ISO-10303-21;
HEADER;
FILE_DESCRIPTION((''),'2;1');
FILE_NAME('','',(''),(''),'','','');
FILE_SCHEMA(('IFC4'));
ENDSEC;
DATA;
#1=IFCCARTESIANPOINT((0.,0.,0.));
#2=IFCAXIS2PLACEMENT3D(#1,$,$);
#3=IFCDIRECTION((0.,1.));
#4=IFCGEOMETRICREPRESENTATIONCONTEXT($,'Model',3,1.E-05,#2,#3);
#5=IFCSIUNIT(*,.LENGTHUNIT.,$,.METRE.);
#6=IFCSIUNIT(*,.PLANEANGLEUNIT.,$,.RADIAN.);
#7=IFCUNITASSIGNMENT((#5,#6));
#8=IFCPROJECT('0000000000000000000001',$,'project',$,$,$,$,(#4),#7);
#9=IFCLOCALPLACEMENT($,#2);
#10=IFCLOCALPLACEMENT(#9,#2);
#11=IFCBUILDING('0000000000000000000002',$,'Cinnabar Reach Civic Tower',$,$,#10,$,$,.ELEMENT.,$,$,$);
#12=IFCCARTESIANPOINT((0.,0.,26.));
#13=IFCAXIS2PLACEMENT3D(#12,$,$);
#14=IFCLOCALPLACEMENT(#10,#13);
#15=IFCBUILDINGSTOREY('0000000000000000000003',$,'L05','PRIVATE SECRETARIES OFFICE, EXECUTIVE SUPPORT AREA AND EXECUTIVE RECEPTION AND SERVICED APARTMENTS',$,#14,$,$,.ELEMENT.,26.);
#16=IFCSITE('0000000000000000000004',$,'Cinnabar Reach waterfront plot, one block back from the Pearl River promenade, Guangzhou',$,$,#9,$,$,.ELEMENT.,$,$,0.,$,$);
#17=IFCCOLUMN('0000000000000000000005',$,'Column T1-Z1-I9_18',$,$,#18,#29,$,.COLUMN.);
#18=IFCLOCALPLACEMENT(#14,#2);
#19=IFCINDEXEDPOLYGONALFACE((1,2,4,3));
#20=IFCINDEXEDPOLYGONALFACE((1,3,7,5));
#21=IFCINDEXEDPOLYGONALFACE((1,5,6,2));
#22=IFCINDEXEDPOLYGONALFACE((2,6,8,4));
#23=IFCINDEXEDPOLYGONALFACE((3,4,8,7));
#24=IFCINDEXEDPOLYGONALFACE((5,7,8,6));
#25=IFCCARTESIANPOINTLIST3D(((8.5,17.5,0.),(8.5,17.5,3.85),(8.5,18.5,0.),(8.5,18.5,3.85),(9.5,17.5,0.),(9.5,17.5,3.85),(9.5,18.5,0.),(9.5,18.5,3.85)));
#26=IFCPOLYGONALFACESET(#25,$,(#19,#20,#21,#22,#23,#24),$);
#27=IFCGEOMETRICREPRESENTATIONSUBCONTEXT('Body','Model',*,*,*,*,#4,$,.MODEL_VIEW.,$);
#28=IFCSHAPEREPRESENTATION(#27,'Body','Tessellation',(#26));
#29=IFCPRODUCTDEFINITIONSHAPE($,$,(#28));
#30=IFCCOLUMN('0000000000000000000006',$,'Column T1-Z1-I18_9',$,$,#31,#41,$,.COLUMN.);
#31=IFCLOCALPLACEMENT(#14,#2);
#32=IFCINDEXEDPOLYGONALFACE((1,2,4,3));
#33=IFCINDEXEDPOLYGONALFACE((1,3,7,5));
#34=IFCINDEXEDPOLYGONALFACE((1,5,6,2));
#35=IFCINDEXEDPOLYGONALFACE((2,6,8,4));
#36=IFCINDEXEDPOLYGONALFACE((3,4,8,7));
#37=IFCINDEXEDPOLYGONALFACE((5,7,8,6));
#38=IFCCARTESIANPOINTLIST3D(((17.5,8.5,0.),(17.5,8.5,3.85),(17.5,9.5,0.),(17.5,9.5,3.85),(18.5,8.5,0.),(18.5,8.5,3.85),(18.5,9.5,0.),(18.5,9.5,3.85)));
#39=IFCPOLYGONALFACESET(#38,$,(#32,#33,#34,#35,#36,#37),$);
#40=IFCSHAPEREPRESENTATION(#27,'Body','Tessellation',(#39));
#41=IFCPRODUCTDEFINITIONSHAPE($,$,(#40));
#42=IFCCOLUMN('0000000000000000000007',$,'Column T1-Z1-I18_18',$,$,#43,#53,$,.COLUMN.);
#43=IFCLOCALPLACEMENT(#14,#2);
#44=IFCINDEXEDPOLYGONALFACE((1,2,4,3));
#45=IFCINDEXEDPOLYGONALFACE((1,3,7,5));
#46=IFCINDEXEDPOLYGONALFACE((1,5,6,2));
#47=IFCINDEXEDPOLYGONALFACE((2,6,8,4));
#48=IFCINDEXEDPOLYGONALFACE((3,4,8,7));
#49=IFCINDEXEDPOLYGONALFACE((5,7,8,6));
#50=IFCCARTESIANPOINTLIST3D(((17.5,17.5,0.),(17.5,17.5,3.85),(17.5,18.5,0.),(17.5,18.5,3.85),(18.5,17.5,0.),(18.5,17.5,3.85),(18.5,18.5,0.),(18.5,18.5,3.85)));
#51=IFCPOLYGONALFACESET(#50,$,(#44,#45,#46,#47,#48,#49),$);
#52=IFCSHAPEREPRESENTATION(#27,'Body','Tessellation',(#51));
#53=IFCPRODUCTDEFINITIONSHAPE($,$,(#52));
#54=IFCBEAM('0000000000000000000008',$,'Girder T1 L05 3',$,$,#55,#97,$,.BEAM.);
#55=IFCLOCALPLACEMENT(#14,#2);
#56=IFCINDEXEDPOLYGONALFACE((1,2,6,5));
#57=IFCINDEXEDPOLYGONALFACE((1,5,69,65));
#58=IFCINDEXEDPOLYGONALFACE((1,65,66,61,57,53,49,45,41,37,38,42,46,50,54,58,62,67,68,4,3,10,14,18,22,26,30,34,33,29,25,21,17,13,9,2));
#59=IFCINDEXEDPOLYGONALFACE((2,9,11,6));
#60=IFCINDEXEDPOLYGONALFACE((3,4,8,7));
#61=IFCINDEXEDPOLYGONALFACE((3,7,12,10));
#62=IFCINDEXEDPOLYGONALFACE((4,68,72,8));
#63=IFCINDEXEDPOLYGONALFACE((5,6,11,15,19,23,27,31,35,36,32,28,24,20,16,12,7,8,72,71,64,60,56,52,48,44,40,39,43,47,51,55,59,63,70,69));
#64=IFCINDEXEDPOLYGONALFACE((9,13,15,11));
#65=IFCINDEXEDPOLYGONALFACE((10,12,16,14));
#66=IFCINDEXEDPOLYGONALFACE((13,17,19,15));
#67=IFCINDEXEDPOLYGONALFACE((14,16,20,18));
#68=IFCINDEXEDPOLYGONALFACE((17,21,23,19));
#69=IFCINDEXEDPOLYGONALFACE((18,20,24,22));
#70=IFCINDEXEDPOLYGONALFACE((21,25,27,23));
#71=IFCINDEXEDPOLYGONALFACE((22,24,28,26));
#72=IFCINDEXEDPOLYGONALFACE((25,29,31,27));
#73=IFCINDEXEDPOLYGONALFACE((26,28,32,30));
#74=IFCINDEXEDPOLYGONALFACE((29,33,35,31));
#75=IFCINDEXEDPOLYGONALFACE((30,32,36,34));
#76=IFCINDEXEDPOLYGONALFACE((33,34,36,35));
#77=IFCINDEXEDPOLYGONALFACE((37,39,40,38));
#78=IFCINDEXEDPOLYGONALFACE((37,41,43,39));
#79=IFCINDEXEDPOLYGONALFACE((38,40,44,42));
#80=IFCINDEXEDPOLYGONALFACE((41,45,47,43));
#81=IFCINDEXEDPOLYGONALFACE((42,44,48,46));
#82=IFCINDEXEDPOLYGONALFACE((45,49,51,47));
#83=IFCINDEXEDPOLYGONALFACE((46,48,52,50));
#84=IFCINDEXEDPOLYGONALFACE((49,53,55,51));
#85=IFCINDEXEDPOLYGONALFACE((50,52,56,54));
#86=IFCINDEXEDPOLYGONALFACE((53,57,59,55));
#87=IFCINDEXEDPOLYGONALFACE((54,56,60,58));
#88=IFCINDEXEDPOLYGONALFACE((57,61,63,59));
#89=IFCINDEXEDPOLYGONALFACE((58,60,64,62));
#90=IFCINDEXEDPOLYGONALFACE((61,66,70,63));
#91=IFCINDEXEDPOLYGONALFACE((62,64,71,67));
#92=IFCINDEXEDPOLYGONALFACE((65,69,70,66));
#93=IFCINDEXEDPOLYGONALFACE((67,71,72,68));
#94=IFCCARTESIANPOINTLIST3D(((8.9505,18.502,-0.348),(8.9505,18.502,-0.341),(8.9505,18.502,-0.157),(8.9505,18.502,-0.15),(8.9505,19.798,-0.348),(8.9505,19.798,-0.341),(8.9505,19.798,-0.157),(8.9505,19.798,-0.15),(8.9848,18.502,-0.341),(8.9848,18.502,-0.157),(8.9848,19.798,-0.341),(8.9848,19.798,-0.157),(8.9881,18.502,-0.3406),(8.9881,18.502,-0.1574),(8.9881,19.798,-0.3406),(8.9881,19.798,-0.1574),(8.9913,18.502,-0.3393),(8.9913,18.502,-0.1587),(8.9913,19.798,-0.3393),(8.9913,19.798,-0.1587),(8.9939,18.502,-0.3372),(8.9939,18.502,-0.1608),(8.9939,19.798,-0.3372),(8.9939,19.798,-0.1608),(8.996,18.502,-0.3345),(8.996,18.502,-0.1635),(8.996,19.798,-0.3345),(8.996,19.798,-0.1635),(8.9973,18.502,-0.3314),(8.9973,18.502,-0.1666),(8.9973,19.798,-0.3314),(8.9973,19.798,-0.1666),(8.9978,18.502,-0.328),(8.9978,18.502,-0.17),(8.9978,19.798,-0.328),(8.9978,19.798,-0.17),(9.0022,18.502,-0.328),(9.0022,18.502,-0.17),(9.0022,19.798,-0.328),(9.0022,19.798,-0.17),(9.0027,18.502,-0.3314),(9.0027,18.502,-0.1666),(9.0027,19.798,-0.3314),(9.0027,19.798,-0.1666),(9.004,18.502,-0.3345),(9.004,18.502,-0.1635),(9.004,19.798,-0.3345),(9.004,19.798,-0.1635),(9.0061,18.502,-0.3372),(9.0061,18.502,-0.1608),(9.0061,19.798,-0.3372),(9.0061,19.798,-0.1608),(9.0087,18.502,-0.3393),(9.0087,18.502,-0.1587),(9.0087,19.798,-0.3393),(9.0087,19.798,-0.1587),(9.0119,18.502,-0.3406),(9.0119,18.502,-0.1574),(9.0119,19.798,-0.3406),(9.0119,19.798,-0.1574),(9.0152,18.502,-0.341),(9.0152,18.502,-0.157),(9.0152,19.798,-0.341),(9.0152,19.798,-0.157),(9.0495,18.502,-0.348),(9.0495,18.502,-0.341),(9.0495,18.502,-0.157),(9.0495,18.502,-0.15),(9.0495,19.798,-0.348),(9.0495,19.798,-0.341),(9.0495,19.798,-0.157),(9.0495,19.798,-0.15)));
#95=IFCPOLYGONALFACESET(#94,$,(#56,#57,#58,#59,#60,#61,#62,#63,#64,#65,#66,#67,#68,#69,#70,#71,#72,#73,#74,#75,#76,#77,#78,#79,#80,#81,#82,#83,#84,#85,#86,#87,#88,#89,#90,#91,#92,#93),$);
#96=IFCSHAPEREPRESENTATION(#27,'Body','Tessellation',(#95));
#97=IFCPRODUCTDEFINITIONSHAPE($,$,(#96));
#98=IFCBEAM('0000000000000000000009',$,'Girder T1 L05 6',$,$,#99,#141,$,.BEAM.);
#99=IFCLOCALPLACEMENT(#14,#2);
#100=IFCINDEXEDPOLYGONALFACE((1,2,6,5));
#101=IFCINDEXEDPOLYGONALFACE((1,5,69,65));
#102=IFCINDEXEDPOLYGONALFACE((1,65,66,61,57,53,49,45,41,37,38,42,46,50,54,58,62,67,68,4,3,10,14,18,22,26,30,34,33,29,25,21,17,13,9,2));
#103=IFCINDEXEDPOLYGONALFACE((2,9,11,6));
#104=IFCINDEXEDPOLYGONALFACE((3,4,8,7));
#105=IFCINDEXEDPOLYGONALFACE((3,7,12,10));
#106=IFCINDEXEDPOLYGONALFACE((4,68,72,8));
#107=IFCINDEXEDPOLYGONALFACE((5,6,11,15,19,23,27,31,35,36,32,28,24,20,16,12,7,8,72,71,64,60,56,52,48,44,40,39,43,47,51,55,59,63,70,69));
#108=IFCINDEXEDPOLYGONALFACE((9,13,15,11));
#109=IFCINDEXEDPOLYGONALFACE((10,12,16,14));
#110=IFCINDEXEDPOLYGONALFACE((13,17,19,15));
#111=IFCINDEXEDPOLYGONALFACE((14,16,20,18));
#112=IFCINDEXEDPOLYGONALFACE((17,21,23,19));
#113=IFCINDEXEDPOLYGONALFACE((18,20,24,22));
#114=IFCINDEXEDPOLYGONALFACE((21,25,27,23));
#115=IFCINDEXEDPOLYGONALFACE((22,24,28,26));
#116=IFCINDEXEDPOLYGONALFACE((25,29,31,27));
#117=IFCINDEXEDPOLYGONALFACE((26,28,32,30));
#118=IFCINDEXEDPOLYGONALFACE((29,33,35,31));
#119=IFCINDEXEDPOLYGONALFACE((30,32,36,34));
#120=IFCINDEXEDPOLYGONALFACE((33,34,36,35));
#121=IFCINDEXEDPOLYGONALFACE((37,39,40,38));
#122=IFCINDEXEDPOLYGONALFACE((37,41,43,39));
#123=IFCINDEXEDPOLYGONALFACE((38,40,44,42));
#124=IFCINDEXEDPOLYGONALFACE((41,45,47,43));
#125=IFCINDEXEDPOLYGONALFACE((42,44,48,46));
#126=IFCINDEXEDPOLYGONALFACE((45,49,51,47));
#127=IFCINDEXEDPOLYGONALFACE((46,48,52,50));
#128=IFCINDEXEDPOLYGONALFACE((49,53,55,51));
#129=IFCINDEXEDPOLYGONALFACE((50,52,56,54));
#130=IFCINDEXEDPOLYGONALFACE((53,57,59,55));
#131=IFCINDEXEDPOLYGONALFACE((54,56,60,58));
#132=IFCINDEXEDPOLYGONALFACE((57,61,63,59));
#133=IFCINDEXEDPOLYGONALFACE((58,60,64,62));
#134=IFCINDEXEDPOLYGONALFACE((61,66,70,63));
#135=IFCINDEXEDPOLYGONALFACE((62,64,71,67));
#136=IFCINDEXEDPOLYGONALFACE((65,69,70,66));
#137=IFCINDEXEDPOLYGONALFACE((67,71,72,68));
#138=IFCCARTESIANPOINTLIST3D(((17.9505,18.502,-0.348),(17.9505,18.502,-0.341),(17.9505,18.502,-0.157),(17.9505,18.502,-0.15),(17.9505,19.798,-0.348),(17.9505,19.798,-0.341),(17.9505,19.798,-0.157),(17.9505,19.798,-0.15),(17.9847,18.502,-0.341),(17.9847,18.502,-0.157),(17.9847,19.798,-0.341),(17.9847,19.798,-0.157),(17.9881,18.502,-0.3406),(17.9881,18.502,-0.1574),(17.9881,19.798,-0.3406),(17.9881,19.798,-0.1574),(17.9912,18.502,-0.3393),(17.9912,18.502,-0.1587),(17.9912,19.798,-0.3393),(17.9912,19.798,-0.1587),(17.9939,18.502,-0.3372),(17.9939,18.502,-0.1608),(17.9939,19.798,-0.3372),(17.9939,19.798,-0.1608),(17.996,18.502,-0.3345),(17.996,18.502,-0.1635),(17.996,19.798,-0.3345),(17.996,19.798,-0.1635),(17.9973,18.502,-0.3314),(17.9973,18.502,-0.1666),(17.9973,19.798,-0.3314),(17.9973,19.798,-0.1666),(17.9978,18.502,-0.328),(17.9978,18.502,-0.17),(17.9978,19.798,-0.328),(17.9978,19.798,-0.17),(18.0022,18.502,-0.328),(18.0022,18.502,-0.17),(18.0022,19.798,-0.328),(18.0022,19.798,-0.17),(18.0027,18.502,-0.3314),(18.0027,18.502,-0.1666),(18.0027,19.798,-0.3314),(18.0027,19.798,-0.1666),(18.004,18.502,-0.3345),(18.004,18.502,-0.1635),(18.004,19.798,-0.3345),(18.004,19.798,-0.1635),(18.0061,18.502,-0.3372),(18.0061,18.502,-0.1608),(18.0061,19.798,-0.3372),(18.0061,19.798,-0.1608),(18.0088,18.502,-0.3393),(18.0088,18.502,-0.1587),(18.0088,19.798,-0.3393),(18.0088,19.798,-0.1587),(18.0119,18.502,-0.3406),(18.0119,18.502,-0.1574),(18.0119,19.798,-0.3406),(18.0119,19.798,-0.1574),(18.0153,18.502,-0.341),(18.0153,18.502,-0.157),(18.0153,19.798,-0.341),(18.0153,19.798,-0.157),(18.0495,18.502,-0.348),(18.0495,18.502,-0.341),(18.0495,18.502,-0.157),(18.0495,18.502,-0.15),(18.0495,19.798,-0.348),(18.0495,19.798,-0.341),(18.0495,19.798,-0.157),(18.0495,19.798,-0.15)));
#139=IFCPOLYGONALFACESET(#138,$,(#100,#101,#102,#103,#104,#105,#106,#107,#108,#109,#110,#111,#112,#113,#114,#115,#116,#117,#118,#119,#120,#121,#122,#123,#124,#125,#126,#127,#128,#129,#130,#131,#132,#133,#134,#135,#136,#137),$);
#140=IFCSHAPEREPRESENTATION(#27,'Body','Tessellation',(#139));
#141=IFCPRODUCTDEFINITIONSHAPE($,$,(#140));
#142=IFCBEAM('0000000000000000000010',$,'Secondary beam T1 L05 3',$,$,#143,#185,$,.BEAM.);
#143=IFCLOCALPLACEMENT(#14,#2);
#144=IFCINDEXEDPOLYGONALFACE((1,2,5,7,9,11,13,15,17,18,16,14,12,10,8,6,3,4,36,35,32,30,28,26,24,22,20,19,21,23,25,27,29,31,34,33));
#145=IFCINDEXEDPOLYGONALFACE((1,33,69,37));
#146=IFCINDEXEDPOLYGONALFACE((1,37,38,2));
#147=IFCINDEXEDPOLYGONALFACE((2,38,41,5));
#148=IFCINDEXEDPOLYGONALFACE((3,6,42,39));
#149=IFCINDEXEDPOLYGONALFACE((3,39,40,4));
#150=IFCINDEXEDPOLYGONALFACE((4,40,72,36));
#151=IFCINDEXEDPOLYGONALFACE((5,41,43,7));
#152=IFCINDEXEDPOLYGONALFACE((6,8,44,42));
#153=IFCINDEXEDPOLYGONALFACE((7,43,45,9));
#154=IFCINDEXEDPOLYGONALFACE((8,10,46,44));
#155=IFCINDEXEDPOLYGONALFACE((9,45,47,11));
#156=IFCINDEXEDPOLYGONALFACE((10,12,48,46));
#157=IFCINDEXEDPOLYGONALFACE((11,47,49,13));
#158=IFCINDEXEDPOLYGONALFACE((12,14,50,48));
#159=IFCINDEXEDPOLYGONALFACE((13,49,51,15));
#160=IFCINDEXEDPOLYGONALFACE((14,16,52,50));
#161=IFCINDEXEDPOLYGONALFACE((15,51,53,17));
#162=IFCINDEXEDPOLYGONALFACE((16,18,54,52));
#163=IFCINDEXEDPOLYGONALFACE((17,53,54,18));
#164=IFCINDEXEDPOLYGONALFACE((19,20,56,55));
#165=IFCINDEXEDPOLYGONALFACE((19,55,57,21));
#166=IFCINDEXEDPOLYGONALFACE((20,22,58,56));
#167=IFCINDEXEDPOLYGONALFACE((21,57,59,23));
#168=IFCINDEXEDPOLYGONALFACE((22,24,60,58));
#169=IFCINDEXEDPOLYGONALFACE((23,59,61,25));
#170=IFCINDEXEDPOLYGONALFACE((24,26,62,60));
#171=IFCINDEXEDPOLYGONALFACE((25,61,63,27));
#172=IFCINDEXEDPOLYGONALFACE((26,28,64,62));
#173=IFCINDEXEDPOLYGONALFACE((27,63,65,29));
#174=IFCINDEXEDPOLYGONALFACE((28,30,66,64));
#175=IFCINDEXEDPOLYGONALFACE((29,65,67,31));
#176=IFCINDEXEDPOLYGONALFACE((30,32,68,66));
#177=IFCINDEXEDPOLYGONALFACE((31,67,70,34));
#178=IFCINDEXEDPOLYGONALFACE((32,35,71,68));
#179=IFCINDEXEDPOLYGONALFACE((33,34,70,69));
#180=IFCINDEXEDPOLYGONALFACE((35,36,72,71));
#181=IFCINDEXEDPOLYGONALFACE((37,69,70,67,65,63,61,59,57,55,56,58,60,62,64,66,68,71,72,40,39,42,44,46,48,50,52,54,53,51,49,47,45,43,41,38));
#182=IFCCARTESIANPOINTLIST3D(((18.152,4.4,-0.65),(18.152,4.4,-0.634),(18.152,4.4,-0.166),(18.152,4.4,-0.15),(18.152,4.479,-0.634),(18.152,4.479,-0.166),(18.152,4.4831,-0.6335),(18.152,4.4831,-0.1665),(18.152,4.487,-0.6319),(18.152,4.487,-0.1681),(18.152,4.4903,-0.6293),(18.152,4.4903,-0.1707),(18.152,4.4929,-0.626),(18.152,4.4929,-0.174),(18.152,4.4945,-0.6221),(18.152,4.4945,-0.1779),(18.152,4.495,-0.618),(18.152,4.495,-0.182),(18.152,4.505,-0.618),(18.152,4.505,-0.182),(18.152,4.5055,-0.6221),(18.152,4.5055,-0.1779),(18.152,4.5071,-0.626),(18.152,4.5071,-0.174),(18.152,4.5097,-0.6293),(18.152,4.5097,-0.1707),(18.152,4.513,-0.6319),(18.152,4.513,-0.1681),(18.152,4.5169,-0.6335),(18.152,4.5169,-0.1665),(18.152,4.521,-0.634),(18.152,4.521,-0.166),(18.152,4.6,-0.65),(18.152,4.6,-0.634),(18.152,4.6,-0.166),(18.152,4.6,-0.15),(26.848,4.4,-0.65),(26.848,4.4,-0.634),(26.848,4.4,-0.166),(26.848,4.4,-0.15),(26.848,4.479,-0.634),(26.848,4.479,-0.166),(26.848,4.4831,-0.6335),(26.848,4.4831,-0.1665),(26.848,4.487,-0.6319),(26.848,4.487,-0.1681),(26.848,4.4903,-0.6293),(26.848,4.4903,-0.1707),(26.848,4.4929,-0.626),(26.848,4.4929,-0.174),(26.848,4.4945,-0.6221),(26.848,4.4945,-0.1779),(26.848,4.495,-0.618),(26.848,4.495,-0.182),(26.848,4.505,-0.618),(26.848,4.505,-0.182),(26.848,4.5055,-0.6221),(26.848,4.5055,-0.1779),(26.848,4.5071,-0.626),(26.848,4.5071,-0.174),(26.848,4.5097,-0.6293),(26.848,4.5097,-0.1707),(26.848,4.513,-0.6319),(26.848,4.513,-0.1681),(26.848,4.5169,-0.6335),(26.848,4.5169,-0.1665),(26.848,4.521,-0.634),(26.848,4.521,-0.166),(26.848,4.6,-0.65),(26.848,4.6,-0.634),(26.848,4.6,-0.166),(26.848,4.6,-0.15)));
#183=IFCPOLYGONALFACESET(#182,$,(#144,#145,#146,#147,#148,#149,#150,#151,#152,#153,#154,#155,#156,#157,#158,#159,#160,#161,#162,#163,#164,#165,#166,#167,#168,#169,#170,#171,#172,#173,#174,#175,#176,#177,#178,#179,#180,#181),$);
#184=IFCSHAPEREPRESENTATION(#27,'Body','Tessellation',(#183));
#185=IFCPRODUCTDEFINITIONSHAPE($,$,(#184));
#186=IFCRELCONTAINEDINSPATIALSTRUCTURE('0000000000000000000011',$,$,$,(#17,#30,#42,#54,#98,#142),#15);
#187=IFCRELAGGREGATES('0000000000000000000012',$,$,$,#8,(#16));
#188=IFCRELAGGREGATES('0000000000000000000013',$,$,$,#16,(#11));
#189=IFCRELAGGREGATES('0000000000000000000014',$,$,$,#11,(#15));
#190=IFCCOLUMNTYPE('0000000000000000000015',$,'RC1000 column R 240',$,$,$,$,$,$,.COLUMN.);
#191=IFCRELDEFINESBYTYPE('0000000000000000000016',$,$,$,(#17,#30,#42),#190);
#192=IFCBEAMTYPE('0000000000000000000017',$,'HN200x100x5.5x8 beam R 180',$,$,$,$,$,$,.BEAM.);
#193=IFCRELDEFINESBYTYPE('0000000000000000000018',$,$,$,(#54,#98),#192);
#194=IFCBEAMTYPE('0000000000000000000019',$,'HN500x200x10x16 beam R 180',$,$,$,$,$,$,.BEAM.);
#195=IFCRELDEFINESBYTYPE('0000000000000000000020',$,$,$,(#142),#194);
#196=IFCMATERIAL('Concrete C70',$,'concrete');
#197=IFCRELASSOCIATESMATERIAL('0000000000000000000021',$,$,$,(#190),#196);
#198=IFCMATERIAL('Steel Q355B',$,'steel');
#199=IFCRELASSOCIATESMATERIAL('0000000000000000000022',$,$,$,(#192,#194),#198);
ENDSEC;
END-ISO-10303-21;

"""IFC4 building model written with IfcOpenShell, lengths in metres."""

from ifc_helpers import new_model, si_unit, direction, frame, origin, origin_2d, place, context, subcontext, project, spatial, rectangle, i_section, extrude, material, material_profile, profile_set, type_object, element, save


model = new_model("IFC4")

# Units and contexts
model_context = context("Model", 3, precision=1e-05, world=origin(), true_north=direction((0.0, 1.0)))
body_context = subcontext(model_context, "Body", "Model", "MODEL_VIEW")
ifc_project = project(units=[si_unit("LENGTHUNIT", "METRE"), si_unit("PLANEANGLEUNIT", "RADIAN")], contexts=[model_context])

# Site, building, storey
site_placement = place(None, origin())
site = spatial("IfcSite", under=ifc_project, at=site_placement, Name="Cinnabar Reach waterfront plot, one block back from the Pearl River promenade, Guangzhou", CompositionType="ELEMENT", RefElevation=0.0)
building_placement = place(site_placement, origin())
building = spatial("IfcBuilding", under=site, at=building_placement, Name="Cinnabar Reach Civic Tower", CompositionType="ELEMENT")
storey_placement = place(building_placement, frame((0.0, 0.0, 26.0)))
storey = spatial("IfcBuildingStorey", under=building, at=storey_placement, Name="L05", Description="PRIVATE SECRETARIES OFFICE, EXECUTIVE SUPPORT AREA AND EXECUTIVE RECEPTION AND SERVICED APARTMENTS", CompositionType="ELEMENT", Elevation=26.0)

# Columns
ifc_material_1 = material(Name="Concrete C70", Category="concrete")
ifc_material_profile_1 = material_profile(ifc_material_1, rectangle(XDim=1.0, YDim=1.0, at=origin_2d()), Name="RC1000")
ifc_profile_set_1 = profile_set([ifc_material_profile_1], Name="Concrete C70")
column_type = type_object("IfcColumnType", Name="RC1000 column R 240", PredefinedType="COLUMN", material=ifc_profile_set_1)
for number, where, z_axis, x_axis, name in (
    (1, (9.0, 18.0, 0.0), (0.0, 0.0, 1.0), (1.0, 0.0, 0.0), "Column T1-Z1-I9_18"),
    (2, (18.0, 9.0, 0.0), (0.0, 0.0, 1.0), (1.0, 0.0, 0.0), "Column T1-Z1-I18_9"),
    (3, (18.0, 18.0, 0.0), (0.0, 0.0, 1.0), (1.0, 0.0, 0.0), "Column T1-Z1-I18_18"),
):
    element("IfcColumn", number, at=place(storey_placement, frame(where, z_axis=z_axis, x_axis=x_axis)), inside=storey, type_object=column_type, Name=name, PredefinedType="COLUMN", context=body_context, shape_type="SweptSolid", body=[
        extrude(rectangle(XDim=1.0, YDim=1.0, at=origin_2d()), origin(), (0.0, 0.0, 1.0), 3.85),
    ])

# Beams
ifc_material_2 = material(Name="Steel Q355B", Category="steel")
ifc_material_profile_2 = material_profile(ifc_material_2, i_section(OverallWidth=0.099, OverallDepth=0.198, WebThickness=0.0045, FlangeThickness=0.007, FilletRadius=0.013, at=origin_2d()), Name="HN200x100x5.5x8")
ifc_profile_set_2 = profile_set([ifc_material_profile_2], Name="Steel Q355B")
beam_type_1 = type_object("IfcBeamType", Name="HN200x100x5.5x8 beam R 180", PredefinedType="BEAM", material=ifc_profile_set_2)
for number, where, z_axis, x_axis, name in (
    (4, (9.0, 18.502, -0.249), (0.0, 1.0, 0.0), (-1.0, 0.0, 0.0), "Girder T1 L05 3"),
    (5, (18.0, 18.502, -0.249), (0.0, 1.0, 0.0), (-1.0, 0.0, 0.0), "Girder T1 L05 6"),
):
    element("IfcBeam", number, at=place(storey_placement, frame(where, z_axis=z_axis, x_axis=x_axis)), inside=storey, type_object=beam_type_1, Name=name, PredefinedType="BEAM", context=body_context, shape_type="SweptSolid", body=[
        extrude(i_section(OverallWidth=0.099, OverallDepth=0.198, WebThickness=0.0045, FlangeThickness=0.007, FilletRadius=0.013, at=origin_2d()), origin(), (0.0, 0.0, 1.0), 1.296),
    ])
ifc_material_profile_3 = material_profile(ifc_material_2, i_section(OverallWidth=0.2, OverallDepth=0.5, WebThickness=0.01, FlangeThickness=0.016, FilletRadius=0.016, at=origin_2d()), Name="HN500x200x10x16")
ifc_profile_set_3 = profile_set([ifc_material_profile_3], Name="Steel Q355B")
beam_type_2 = type_object("IfcBeamType", Name="HN500x200x10x16 beam R 180", PredefinedType="BEAM", material=ifc_profile_set_3)
for number, where, z_axis, x_axis, name in (
    (6, (18.152, 4.5, -0.4), (1.0, 0.0, 0.0), (0.0, 1.0, 0.0), "Secondary beam T1 L05 3"),
):
    element("IfcBeam", number, at=place(storey_placement, frame(where, z_axis=z_axis, x_axis=x_axis)), inside=storey, type_object=beam_type_2, Name=name, PredefinedType="BEAM", context=body_context, shape_type="SweptSolid", body=[
        extrude(i_section(OverallWidth=0.2, OverallDepth=0.5, WebThickness=0.01, FlangeThickness=0.016, FilletRadius=0.016, at=origin_2d()), origin(), (0.0, 0.0, 1.0), 8.696),
    ])

save(model, "model.ifc")
